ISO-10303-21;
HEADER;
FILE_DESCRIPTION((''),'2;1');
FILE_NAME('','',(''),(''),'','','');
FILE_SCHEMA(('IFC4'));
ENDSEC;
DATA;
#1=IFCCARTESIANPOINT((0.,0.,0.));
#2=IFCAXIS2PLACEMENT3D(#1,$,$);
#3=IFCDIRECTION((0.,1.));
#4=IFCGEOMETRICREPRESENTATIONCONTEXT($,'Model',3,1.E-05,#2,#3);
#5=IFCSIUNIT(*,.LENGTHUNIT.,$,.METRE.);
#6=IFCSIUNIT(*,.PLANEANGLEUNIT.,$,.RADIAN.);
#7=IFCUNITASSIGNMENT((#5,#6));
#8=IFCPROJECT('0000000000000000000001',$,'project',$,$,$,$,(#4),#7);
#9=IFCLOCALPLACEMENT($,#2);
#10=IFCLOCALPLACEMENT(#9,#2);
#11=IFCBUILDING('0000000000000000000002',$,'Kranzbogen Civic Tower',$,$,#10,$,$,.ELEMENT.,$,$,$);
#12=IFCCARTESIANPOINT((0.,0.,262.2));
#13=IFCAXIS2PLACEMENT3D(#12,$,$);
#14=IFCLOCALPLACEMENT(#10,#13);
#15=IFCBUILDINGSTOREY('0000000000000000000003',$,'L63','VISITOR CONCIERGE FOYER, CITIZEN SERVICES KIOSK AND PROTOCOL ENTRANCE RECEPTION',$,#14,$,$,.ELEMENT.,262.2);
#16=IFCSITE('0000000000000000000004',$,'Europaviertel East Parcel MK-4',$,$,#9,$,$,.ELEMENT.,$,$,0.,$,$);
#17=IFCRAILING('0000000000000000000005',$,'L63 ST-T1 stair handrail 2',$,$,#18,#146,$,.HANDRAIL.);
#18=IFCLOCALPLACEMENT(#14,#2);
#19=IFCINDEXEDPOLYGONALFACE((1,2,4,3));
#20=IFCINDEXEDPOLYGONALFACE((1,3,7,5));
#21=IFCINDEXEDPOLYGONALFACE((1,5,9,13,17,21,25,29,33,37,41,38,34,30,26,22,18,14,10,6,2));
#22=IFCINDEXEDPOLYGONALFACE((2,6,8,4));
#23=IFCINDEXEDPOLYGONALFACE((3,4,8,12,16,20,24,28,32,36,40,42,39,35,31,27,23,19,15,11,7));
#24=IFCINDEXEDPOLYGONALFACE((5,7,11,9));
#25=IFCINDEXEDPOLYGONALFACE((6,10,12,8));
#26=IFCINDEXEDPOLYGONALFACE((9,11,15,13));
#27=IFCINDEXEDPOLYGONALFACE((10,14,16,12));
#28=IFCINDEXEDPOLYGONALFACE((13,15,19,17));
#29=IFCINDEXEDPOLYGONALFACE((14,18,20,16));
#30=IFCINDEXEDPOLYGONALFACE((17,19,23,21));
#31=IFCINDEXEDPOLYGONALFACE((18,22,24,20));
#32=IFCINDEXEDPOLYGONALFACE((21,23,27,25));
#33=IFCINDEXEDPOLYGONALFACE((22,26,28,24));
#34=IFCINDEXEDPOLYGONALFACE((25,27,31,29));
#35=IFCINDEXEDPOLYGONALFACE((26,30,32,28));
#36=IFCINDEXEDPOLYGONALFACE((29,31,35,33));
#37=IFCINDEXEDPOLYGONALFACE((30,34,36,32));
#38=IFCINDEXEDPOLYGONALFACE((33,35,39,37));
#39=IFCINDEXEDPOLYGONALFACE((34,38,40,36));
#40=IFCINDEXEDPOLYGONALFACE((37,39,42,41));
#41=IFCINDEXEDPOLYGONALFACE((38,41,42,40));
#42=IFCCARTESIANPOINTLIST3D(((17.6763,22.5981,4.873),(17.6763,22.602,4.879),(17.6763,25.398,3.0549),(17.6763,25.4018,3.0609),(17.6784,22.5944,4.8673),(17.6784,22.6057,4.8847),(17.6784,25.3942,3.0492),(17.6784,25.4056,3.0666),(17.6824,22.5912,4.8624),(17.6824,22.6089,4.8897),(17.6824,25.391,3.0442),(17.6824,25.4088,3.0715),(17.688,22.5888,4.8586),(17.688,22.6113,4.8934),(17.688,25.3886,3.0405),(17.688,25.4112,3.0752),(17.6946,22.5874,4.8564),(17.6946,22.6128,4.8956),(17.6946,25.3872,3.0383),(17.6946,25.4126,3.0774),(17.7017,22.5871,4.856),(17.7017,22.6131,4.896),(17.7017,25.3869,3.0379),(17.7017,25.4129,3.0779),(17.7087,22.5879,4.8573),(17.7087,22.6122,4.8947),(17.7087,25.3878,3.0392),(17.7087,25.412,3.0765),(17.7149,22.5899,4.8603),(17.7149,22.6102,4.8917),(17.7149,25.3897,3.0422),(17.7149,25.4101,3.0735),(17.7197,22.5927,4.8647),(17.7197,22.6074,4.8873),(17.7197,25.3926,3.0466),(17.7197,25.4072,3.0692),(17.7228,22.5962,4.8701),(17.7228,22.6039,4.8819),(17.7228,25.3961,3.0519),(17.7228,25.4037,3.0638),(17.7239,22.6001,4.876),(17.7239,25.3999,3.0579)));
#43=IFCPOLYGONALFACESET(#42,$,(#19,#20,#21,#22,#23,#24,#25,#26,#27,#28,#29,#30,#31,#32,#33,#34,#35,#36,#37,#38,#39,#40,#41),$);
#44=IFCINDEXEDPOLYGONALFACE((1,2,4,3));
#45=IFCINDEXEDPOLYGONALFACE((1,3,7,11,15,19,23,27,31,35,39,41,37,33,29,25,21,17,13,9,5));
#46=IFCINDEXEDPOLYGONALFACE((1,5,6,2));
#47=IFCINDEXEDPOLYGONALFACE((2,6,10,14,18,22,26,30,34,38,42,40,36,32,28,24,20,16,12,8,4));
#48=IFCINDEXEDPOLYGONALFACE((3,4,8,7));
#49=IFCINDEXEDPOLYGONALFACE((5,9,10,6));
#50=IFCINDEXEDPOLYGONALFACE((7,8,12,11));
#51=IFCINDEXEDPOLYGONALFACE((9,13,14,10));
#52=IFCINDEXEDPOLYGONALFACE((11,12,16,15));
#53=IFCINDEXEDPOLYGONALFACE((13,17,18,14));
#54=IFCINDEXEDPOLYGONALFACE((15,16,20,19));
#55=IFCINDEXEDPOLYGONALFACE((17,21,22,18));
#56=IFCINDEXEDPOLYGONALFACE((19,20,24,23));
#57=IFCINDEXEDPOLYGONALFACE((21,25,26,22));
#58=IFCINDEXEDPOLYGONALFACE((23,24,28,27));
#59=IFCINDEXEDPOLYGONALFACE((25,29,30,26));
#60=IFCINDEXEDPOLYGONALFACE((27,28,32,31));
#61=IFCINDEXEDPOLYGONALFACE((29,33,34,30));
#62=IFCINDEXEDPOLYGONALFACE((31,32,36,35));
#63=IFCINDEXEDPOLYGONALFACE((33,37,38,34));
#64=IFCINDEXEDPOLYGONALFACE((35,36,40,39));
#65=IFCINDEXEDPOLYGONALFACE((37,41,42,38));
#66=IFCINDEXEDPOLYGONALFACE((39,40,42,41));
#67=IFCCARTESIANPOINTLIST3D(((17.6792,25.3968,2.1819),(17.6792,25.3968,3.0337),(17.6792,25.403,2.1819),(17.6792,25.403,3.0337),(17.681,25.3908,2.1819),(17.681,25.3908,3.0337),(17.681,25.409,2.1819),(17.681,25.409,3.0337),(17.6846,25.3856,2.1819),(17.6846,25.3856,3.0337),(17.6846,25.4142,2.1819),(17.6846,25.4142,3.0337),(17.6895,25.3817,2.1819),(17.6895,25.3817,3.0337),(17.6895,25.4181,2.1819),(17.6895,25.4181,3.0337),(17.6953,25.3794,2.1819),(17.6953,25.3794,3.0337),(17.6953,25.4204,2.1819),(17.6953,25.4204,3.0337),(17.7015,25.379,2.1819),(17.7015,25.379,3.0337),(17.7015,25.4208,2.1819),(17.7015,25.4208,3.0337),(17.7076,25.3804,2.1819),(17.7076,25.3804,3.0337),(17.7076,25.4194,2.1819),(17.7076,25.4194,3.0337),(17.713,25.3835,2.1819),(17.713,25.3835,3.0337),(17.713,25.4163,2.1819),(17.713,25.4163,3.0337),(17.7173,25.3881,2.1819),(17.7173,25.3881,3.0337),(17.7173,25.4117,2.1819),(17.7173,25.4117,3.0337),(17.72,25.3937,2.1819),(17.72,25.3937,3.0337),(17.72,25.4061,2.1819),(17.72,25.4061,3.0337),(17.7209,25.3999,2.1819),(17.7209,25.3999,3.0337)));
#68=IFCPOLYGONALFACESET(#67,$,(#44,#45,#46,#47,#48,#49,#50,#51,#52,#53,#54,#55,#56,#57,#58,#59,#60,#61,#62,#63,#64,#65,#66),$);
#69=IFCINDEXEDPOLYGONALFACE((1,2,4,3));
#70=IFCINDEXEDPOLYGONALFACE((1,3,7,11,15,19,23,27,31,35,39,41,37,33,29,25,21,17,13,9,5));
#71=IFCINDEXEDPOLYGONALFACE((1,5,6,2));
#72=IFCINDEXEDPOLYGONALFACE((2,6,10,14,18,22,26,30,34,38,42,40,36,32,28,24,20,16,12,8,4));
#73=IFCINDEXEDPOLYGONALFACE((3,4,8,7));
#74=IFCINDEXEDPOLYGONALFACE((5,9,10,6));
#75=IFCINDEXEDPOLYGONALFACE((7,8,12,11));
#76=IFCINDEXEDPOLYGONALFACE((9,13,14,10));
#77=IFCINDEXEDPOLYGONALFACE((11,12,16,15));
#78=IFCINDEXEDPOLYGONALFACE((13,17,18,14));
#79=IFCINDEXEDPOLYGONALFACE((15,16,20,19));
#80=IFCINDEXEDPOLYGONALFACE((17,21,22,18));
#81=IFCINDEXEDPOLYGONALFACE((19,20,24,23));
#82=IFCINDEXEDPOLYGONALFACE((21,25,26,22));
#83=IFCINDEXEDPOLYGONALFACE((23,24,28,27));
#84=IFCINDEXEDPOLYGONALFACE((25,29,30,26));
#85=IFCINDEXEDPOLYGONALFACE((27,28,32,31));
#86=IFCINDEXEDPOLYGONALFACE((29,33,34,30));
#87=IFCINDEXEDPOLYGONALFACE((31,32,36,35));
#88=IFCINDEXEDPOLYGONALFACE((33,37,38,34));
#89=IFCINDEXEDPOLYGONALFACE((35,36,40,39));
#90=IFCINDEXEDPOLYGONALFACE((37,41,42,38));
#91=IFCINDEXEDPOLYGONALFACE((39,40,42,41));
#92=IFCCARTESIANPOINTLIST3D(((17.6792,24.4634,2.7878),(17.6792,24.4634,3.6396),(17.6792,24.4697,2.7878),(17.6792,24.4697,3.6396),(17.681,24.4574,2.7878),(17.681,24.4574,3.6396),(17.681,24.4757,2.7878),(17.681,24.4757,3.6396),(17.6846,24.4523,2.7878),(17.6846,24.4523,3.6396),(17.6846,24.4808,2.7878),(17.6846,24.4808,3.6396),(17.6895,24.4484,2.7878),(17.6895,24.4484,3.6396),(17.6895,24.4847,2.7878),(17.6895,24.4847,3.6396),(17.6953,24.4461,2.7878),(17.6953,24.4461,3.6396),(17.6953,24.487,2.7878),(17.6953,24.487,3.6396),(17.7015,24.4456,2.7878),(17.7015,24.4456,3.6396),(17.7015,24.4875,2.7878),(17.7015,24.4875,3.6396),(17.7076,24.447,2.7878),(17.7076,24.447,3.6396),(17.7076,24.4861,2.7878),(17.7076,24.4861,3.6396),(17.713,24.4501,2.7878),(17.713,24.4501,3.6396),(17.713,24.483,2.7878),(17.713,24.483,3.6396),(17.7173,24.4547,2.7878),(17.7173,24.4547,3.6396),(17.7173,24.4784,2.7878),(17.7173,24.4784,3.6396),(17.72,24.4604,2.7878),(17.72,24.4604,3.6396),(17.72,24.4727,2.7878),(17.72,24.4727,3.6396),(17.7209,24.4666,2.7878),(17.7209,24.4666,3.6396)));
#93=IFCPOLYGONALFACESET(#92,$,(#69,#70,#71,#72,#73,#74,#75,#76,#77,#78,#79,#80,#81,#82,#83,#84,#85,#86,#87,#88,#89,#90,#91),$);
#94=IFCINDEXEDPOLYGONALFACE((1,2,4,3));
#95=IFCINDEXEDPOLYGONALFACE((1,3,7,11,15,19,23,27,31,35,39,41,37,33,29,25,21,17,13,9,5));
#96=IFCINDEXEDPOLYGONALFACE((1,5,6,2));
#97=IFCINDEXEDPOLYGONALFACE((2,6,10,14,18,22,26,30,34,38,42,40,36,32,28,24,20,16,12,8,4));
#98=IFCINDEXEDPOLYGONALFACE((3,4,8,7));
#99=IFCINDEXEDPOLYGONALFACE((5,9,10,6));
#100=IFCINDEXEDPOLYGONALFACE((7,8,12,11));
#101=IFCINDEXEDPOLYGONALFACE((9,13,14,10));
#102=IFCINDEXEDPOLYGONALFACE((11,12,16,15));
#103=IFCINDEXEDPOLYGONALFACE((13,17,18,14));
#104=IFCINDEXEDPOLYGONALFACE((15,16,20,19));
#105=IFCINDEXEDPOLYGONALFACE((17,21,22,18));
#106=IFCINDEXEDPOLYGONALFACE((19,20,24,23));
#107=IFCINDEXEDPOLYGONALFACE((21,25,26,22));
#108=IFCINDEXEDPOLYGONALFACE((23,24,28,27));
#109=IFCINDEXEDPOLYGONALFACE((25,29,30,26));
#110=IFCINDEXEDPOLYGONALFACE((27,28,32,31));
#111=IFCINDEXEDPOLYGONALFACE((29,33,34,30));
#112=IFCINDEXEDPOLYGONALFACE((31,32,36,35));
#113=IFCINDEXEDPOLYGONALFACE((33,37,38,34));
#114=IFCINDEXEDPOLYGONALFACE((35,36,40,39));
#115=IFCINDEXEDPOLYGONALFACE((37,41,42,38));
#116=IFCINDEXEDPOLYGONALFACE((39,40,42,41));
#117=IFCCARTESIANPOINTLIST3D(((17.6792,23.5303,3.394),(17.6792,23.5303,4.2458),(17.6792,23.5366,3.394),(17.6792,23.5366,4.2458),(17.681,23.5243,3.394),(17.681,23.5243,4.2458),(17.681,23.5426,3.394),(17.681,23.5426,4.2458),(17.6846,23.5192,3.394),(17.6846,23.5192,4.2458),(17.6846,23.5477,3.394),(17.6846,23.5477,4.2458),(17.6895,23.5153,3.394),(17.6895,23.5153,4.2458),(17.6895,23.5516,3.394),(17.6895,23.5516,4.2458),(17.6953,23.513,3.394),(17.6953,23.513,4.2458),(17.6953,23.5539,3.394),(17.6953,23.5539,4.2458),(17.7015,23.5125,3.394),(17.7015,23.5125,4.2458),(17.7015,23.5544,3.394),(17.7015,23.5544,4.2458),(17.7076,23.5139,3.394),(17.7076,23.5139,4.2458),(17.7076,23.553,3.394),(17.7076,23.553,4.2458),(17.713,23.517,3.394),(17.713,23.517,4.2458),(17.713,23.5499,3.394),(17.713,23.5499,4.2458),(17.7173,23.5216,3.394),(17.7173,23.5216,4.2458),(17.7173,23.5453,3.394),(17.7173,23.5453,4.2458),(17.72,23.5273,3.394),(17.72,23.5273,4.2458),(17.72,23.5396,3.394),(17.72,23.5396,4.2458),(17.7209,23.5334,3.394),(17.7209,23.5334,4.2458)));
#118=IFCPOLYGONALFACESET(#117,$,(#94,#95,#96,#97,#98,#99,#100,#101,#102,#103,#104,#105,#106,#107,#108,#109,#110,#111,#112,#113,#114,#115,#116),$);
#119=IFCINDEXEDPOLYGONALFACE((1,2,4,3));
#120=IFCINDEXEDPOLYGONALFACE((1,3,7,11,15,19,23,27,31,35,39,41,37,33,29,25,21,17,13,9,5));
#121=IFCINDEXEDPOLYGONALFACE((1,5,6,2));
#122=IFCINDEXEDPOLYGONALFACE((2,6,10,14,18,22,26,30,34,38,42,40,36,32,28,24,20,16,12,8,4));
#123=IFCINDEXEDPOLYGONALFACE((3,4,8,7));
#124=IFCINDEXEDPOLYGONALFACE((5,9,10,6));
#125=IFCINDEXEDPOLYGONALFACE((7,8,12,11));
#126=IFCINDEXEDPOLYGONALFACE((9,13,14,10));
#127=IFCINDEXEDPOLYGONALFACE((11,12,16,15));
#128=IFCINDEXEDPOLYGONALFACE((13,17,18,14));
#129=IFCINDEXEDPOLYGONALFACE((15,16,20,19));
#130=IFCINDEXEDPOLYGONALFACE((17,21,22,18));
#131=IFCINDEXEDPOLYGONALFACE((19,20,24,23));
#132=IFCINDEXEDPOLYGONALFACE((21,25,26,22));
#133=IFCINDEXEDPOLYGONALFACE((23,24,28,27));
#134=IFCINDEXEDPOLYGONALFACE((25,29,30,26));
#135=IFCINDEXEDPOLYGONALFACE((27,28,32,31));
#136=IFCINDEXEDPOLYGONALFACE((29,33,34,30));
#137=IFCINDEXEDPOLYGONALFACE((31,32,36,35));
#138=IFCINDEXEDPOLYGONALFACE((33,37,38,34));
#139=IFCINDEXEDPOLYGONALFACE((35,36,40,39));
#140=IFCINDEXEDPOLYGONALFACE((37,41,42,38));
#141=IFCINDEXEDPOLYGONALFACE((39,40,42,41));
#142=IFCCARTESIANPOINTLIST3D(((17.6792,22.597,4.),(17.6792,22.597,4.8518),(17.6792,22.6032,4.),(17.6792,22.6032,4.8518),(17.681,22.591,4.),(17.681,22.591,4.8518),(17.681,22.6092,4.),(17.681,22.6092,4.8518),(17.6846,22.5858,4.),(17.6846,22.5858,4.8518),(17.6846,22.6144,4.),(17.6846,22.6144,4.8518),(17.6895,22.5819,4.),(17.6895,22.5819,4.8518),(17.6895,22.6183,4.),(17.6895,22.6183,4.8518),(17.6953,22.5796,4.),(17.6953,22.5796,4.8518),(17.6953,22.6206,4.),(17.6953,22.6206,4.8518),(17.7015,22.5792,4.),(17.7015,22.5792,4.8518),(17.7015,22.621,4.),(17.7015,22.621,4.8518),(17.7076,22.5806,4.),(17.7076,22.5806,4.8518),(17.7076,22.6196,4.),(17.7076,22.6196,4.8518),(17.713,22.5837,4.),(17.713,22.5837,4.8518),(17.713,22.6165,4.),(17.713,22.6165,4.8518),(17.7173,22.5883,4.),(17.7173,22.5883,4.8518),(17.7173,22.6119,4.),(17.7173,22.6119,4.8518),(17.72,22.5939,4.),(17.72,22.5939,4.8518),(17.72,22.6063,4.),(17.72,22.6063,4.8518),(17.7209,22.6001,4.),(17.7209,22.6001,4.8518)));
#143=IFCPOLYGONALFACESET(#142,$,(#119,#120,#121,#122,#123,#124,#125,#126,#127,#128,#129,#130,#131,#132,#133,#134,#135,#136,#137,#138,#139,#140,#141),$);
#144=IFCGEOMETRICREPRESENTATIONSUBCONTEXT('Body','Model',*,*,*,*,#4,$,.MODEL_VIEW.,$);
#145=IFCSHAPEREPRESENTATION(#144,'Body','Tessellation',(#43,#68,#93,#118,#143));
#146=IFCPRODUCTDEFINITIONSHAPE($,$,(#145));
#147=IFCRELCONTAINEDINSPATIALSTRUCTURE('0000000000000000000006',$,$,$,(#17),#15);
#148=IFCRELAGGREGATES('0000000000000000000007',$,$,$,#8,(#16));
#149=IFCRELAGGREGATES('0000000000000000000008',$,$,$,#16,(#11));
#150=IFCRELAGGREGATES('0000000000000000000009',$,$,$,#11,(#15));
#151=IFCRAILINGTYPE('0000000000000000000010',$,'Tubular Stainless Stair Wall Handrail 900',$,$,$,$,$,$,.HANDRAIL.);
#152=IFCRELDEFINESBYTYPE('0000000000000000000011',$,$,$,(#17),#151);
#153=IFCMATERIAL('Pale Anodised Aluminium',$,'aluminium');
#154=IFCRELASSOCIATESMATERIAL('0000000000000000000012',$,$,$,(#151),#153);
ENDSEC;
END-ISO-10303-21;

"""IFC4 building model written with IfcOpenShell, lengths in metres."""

from ifc_helpers import new_model, si_unit, direction, frame, origin, origin_2d, place, context, subcontext, project, spatial, circle, extrude, material, type_object, element, save


model = new_model("IFC4")

# Units and contexts
model_context = context("Model", 3, precision=1e-05, world=origin(), true_north=direction((0.0, 1.0)))
body_context = subcontext(model_context, "Body", "Model", "MODEL_VIEW")
ifc_project = project(units=[si_unit("LENGTHUNIT", "METRE"), si_unit("PLANEANGLEUNIT", "RADIAN")], contexts=[model_context])

# Site, building, storey
site_placement = place(None, origin())
site = spatial("IfcSite", under=ifc_project, at=site_placement, Name="Europaviertel East Parcel MK-4", CompositionType="ELEMENT", RefElevation=0.0)
building_placement = place(site_placement, origin())
building = spatial("IfcBuilding", under=site, at=building_placement, Name="Kranzbogen Civic Tower", CompositionType="ELEMENT")
storey_placement = place(building_placement, frame((0.0, 0.0, 262.2)))
storey = spatial("IfcBuildingStorey", under=building, at=storey_placement, Name="L63", Description="VISITOR CONCIERGE FOYER, CITIZEN SERVICES KIOSK AND PROTOCOL ENTRANCE RECEPTION", CompositionType="ELEMENT", Elevation=262.2)

# Shared definitions
ifc_material_1 = material(Name="Pale Anodised Aluminium", Category="aluminium")

# Railing
railing_type_1 = type_object("IfcRailingType", Name="Tubular Stainless Stair Wall Handrail 900", PredefinedType="HANDRAIL", material=ifc_material_1)
railing_1_placement = place(storey_placement, frame((17.7, 25.3999, 2.1819)))
element("IfcRailing", 1, at=railing_1_placement, inside=storey, type_object=railing_type_1, Name="L63 ST-T1 stair handrail 2", PredefinedType="HANDRAIL", context=body_context, shape_type="SweptSolid", body=[
    extrude(circle(Radius=0.0239, at=origin_2d()), frame((0.0, 0.0, 0.876), z_axis=(0.0, -0.838684, 0.544618), x_axis=(1.0, 0.0, 0.0)), (0.0, 0.0, 1.0), 3.3384),
    extrude(circle(Radius=0.021, at=origin_2d()), origin(), (0.0, 0.0, 1.0), 0.8518),
    extrude(circle(Radius=0.021, at=origin_2d()), frame((0.0, -0.9333, 0.606)), (0.0, 0.0, 1.0), 0.8518),
    extrude(circle(Radius=0.021, at=origin_2d()), frame((0.0, -1.8665, 1.2122)), (0.0, 0.0, 1.0), 0.8518),
    extrude(circle(Radius=0.021, at=origin_2d()), frame((0.0, -2.7998, 1.8181)), (0.0, 0.0, 1.0), 0.8518),
])

save(model, "model.ifc")
